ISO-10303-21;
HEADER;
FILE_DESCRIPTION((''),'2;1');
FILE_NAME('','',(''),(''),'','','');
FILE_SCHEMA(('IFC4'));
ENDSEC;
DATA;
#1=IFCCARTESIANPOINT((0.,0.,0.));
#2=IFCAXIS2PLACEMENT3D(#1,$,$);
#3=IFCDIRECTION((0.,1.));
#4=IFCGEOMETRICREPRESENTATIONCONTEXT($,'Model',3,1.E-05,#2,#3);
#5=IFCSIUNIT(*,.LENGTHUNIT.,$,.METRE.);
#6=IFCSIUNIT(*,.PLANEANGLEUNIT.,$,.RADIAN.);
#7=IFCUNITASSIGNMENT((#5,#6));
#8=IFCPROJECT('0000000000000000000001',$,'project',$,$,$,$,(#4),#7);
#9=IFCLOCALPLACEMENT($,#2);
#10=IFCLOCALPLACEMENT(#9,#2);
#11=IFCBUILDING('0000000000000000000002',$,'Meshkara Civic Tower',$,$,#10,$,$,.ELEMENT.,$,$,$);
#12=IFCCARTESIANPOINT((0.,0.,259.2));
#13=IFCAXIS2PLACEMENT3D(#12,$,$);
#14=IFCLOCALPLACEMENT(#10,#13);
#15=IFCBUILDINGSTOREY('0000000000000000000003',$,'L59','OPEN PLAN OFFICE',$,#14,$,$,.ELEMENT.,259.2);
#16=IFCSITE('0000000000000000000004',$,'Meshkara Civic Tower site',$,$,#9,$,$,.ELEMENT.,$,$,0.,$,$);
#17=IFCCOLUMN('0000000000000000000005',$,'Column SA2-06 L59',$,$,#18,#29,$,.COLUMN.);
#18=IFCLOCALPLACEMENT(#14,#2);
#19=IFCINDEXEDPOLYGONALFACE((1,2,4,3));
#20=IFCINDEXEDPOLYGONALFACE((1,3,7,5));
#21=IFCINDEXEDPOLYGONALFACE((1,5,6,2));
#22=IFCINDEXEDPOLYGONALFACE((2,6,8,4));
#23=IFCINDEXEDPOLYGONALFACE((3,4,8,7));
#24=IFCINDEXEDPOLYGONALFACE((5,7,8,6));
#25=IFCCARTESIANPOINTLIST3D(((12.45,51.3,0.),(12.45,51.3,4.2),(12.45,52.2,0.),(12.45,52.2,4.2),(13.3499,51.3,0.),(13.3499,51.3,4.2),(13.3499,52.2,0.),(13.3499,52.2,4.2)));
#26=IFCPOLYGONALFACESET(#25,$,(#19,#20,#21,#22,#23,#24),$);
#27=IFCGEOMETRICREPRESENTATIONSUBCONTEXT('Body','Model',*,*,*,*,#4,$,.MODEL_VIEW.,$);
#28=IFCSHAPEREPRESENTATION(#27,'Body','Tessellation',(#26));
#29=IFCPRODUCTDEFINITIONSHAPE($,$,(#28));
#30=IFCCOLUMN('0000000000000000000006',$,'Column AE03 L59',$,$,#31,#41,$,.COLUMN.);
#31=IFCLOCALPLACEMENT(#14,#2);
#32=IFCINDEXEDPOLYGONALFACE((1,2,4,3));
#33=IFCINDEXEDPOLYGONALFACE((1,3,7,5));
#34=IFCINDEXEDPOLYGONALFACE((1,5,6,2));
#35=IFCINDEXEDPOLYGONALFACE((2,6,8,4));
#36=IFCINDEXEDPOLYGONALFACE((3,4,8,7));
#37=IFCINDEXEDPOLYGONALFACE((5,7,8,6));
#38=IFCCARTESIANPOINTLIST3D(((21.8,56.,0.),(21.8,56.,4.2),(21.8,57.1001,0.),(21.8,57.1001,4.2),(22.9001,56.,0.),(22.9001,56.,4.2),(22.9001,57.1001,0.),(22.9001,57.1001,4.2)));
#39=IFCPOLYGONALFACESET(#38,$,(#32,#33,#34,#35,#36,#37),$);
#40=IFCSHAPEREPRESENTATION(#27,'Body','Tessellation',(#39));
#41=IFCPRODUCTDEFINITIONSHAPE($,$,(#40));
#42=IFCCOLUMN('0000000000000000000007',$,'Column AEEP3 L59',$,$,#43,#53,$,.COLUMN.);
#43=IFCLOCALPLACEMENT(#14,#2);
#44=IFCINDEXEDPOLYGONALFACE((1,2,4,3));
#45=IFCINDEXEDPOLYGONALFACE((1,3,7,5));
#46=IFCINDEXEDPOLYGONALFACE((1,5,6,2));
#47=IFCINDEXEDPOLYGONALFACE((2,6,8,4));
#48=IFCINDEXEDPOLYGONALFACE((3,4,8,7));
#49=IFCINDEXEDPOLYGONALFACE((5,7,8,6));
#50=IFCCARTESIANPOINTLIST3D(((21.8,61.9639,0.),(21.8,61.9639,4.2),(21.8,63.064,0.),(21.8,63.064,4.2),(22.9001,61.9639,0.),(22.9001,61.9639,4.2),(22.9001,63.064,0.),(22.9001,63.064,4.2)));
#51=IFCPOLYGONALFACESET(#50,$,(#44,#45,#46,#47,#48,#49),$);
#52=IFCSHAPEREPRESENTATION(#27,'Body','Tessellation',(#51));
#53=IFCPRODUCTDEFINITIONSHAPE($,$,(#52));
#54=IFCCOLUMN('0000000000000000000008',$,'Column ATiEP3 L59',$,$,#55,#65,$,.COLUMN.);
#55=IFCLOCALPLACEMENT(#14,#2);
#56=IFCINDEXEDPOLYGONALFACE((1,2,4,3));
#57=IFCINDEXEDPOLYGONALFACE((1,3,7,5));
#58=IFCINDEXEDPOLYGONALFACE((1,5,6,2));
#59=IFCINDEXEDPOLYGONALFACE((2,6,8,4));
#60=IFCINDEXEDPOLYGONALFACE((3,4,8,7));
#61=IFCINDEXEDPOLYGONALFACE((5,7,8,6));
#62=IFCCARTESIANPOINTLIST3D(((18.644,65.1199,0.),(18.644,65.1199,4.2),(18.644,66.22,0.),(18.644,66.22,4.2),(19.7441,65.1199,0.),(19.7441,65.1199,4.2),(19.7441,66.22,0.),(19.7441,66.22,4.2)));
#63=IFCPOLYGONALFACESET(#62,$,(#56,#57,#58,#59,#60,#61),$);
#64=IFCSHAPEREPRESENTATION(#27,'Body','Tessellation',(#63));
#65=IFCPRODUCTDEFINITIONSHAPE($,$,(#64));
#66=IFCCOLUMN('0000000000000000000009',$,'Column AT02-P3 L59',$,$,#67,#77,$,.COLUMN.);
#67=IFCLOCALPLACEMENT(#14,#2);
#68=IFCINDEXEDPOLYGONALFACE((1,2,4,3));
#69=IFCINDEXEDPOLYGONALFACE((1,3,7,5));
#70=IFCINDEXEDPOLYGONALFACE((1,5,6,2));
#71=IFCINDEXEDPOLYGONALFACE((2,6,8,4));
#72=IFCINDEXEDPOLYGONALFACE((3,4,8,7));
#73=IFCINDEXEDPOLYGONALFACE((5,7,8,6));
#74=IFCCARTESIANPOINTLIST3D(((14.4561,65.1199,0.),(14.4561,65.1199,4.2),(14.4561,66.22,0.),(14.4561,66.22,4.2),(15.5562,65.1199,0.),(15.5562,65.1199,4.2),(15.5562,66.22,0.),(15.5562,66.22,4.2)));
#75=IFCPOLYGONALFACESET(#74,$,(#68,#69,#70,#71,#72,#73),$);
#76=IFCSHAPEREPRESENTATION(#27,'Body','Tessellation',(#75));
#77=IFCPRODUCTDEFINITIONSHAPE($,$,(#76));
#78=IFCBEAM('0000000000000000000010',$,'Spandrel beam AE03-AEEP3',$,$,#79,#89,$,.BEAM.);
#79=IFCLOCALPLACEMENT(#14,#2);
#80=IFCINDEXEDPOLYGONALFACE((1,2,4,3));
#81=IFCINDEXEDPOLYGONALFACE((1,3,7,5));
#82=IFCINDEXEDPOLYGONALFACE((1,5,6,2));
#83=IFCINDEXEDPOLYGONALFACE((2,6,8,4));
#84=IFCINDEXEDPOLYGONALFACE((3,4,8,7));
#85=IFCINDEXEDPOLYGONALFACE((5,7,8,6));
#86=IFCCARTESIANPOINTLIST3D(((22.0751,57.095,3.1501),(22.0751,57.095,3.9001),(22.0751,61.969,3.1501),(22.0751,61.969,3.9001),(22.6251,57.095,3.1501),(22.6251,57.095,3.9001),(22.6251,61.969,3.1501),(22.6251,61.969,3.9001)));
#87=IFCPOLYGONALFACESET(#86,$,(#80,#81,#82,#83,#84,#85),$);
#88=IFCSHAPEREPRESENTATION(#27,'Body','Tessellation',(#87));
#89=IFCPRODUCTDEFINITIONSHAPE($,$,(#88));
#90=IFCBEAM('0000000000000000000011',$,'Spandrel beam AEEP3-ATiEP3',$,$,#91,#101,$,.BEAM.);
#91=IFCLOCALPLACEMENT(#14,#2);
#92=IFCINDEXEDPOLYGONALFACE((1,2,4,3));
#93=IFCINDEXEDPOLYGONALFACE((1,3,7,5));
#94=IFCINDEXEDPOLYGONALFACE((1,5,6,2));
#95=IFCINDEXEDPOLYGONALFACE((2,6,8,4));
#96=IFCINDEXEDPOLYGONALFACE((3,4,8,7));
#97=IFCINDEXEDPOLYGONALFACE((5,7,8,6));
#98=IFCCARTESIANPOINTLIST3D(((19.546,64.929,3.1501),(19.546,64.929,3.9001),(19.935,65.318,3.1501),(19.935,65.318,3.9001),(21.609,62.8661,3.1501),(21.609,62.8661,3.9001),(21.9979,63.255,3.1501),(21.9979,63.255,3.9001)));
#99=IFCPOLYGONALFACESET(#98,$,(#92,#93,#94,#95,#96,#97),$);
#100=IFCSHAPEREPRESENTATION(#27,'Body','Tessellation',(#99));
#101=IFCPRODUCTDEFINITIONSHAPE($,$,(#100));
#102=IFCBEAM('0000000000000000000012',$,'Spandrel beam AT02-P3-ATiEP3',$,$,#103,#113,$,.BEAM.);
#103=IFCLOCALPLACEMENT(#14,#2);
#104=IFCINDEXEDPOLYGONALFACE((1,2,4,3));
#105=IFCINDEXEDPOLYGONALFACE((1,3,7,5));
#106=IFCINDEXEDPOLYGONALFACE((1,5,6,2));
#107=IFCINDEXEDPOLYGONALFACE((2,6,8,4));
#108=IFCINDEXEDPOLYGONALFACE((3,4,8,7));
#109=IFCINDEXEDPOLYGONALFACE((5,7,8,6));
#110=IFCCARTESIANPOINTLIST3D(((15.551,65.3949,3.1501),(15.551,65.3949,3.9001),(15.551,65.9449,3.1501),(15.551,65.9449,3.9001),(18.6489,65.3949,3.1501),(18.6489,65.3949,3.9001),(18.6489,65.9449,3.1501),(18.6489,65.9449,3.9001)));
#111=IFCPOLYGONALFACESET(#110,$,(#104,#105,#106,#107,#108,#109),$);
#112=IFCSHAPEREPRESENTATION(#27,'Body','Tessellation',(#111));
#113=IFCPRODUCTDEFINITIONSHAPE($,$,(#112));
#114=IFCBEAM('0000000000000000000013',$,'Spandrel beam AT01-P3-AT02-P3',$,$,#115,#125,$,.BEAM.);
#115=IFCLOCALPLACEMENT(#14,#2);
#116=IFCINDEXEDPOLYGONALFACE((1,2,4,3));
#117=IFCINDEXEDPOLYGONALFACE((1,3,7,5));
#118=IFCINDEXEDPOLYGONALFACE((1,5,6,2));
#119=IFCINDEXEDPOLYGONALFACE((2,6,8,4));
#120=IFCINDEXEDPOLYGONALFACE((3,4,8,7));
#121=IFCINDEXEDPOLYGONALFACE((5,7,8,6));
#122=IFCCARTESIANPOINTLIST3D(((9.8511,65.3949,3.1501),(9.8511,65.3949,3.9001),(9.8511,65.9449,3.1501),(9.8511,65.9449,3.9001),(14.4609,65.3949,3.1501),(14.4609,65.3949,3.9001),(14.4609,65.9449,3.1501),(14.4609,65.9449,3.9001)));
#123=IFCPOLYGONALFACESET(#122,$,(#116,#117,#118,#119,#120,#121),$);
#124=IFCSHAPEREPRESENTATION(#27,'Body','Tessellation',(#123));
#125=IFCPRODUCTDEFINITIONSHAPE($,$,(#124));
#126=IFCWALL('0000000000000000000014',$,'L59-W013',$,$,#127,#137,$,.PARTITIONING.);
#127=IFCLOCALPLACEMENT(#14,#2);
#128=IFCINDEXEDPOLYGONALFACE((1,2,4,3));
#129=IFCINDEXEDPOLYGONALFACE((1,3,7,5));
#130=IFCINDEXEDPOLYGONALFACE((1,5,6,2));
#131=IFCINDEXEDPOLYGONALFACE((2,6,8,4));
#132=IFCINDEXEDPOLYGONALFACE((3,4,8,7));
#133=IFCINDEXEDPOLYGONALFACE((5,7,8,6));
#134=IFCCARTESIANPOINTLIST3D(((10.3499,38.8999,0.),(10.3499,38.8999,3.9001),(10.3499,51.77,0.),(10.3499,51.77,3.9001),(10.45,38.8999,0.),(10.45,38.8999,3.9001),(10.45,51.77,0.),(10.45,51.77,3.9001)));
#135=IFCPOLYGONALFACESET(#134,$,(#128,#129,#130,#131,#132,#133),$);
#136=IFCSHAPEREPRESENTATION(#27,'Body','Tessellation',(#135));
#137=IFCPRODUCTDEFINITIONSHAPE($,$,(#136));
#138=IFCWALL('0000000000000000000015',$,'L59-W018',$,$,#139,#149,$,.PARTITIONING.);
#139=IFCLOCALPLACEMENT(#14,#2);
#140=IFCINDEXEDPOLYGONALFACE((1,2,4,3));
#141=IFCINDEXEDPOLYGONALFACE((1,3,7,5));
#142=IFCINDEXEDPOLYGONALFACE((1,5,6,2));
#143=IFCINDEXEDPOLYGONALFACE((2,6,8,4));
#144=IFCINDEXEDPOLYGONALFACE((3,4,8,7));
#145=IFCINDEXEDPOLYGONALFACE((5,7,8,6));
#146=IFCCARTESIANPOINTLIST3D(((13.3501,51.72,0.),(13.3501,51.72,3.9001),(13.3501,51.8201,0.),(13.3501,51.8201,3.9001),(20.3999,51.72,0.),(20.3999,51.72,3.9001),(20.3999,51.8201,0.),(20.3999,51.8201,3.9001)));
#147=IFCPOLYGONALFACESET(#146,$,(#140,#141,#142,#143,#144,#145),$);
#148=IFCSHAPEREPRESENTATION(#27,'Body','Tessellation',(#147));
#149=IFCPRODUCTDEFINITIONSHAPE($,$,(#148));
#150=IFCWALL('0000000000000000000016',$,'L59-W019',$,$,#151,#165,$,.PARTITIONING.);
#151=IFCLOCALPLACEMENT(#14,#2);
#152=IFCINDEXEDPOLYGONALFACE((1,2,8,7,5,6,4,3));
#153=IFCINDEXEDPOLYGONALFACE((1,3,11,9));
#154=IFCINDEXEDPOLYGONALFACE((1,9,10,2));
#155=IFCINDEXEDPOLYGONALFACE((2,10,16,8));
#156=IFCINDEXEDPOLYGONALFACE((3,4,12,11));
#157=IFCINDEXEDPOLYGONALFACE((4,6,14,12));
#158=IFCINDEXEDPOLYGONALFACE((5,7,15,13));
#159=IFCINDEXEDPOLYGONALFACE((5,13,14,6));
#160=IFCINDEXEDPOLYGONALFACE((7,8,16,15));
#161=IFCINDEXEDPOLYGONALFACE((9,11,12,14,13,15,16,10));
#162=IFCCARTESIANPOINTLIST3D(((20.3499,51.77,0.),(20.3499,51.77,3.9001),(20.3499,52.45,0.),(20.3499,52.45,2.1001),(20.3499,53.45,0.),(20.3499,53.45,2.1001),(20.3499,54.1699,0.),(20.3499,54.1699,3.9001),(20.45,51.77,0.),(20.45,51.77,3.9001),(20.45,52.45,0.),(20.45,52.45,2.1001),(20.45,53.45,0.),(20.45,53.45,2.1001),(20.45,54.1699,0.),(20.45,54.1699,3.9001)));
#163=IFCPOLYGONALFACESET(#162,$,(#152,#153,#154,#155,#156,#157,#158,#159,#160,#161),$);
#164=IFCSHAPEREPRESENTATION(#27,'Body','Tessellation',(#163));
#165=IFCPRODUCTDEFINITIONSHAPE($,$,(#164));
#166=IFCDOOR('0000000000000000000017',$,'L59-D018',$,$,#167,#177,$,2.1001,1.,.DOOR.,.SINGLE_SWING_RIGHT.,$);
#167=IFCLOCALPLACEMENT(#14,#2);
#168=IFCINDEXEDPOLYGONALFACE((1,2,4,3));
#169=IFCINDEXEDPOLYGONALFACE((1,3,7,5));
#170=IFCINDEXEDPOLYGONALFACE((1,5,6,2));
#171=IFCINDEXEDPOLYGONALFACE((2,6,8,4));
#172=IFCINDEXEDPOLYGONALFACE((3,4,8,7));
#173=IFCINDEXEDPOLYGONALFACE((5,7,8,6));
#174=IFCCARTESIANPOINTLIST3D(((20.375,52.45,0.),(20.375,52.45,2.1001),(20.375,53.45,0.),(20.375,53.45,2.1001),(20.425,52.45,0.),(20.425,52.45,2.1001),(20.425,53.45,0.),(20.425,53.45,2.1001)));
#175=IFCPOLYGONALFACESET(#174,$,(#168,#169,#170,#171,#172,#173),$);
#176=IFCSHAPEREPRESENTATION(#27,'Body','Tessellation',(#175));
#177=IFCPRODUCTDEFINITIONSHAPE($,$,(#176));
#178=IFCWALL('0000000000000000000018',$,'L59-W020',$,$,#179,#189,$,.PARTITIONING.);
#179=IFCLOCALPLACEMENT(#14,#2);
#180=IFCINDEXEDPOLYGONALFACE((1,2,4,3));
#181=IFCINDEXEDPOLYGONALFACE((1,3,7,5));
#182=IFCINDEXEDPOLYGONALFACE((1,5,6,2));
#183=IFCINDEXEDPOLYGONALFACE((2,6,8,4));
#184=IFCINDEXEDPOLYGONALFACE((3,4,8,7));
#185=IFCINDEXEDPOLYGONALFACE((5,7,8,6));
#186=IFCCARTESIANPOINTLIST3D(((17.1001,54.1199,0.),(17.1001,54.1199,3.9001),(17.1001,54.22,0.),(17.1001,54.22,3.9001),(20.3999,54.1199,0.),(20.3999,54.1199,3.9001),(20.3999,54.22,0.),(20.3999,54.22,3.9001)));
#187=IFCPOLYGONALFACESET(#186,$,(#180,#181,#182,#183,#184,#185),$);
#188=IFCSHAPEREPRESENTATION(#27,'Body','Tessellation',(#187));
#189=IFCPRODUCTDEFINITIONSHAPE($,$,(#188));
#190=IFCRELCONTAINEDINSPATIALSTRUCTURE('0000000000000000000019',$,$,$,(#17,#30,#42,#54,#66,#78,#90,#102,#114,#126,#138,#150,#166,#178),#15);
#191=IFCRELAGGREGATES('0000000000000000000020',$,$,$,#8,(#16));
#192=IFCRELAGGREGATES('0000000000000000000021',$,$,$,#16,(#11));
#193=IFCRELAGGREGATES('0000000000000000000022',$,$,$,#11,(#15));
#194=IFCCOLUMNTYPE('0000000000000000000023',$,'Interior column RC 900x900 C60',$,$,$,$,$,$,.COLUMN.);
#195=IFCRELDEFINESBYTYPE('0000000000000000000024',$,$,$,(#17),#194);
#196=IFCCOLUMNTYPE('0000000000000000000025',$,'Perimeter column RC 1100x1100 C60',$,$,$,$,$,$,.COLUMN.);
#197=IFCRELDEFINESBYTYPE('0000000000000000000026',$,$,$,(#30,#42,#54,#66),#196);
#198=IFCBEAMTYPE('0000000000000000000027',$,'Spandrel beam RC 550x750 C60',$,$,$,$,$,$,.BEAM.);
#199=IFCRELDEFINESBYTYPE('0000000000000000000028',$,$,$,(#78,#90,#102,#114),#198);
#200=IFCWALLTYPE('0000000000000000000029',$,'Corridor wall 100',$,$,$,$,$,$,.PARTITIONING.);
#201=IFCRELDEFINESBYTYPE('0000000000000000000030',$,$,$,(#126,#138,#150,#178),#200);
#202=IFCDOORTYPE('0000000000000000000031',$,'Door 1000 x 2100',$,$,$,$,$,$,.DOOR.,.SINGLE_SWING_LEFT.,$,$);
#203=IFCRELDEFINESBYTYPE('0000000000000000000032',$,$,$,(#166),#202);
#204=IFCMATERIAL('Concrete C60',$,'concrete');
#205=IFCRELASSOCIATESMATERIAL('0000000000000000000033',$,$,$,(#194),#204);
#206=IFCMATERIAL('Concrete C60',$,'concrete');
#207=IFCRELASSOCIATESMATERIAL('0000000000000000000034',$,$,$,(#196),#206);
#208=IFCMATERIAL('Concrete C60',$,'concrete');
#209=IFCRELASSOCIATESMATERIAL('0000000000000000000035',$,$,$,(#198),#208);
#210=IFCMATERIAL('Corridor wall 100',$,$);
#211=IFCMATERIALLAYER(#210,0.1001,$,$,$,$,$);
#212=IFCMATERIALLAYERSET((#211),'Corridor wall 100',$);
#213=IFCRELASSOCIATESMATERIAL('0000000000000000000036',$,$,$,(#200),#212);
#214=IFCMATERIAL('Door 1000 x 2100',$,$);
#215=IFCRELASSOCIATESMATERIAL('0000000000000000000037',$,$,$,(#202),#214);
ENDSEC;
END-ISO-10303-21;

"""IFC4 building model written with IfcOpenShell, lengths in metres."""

from ifc_helpers import new_model, si_unit, direction, frame, frame_2d, origin, origin_2d, place, context, subcontext, project, spatial, rectangle, extrude, material, layer, layer_set, material_profile, profile_set, type_object, element, fill, save


model = new_model("IFC4")

# Units and contexts
model_context = context("Model", 3, precision=1e-05, world=origin(), true_north=direction((0.0, 1.0)))
body_context = subcontext(model_context, "Body", "Model", "MODEL_VIEW")
ifc_project = project(units=[si_unit("LENGTHUNIT", "METRE"), si_unit("PLANEANGLEUNIT", "RADIAN")], contexts=[model_context])

# Site, building, storey
site_placement = place(None, origin())
site = spatial("IfcSite", under=ifc_project, at=site_placement, Name="Meshkara Civic Tower site", CompositionType="ELEMENT", RefElevation=0.0)
building_placement = place(site_placement, origin())
building = spatial("IfcBuilding", under=site, at=building_placement, Name="Meshkara Civic Tower", CompositionType="ELEMENT")
storey_placement = place(building_placement, frame((0.0, 0.0, 259.2)))
storey = spatial("IfcBuildingStorey", under=building, at=storey_placement, Name="L59", Description="OPEN PLAN OFFICE", CompositionType="ELEMENT", Elevation=259.2)

# Columns
ifc_material_1 = material(Name="Concrete C60", Category="concrete")
ifc_material_profile_1 = material_profile(ifc_material_1, rectangle(XDim=0.8999, YDim=0.8999, at=origin_2d()))
ifc_profile_set_1 = profile_set([ifc_material_profile_1], Name="Concrete C60")
column_type_1 = type_object("IfcColumnType", Name="Interior column RC 900x900 C60", PredefinedType="COLUMN", material=ifc_profile_set_1)
column_placement = place(storey_placement, frame((12.8999, 51.75, 0.0), z_axis=(0.0, 0.0, 1.0), x_axis=(1.0, 0.0, 0.0)))
element("IfcColumn", 1, at=column_placement, inside=storey, type_object=column_type_1, Name="Column SA2-06 L59", PredefinedType="COLUMN", context=body_context, shape_type="SweptSolid", body=[
    extrude(rectangle(XDim=0.8999, YDim=0.8999, at=origin_2d()), origin(), (0.0, 0.0, 1.0), 4.2),
])
ifc_material_2 = material(Name="Concrete C60", Category="concrete")
ifc_material_profile_2 = material_profile(ifc_material_2, rectangle(XDim=1.1001, YDim=1.1001, at=origin_2d()))
ifc_profile_set_2 = profile_set([ifc_material_profile_2], Name="Concrete C60")
column_type_2 = type_object("IfcColumnType", Name="Perimeter column RC 1100x1100 C60", PredefinedType="COLUMN", material=ifc_profile_set_2)
for number, where, z_axis, x_axis, name in (
    (2, (22.3501, 56.55, 0.0), (0.0, 0.0, 1.0), (1.0, 0.0, 0.0), "Column AE03 L59"),
    (3, (22.3501, 62.5139, 0.0), (0.0, 0.0, 1.0), (1.0, 0.0, 0.0), "Column AEEP3 L59"),
    (4, (19.1941, 65.6699, 0.0), (0.0, 0.0, 1.0), (1.0, 0.0, 0.0), "Column ATiEP3 L59"),
    (5, (15.0061, 65.6699, 0.0), (0.0, 0.0, 1.0), (1.0, 0.0, 0.0), "Column AT02-P3 L59"),
):
    element("IfcColumn", number, at=place(storey_placement, frame(where, z_axis=z_axis, x_axis=x_axis)), inside=storey, type_object=column_type_2, Name=name, PredefinedType="COLUMN", context=body_context, shape_type="SweptSolid", body=[
        extrude(rectangle(XDim=1.1001, YDim=1.1001, at=origin_2d()), origin(), (0.0, 0.0, 1.0), 4.2),
    ])

# Beams
ifc_material_3 = material(Name="Concrete C60", Category="concrete")
ifc_material_profile_3 = material_profile(ifc_material_3, rectangle(XDim=0.55, YDim=0.75, at=origin_2d()))
ifc_profile_set_3 = profile_set([ifc_material_profile_3], Name="Concrete C60")
beam_type = type_object("IfcBeamType", Name="Spandrel beam RC 550x750 C60", PredefinedType="BEAM", material=ifc_profile_set_3)
beam_1_placement = place(storey_placement, frame((22.3501, 57.095, 3.5251), z_axis=(0.0, 1.0, 0.0), x_axis=(-1.0, 0.0, 0.0)))
element("IfcBeam", 6, at=beam_1_placement, inside=storey, type_object=beam_type, Name="Spandrel beam AE03-AEEP3", PredefinedType="BEAM", context=body_context, shape_type="SweptSolid", body=[
    extrude(rectangle(XDim=0.55, YDim=0.75, at=origin_2d()), origin(), (0.0, 0.0, 1.0), 4.874),
])
beam_2_placement = place(storey_placement, frame((21.8035, 63.0605, 3.5251), z_axis=(-0.707107, 0.707107, 0.0), x_axis=(-0.707107, -0.707107, 0.0)))
element("IfcBeam", 7, at=beam_2_placement, inside=storey, type_object=beam_type, Name="Spandrel beam AEEP3-ATiEP3", PredefinedType="BEAM", context=body_context, shape_type="SweptSolid", body=[
    extrude(rectangle(XDim=0.55, YDim=0.75, at=origin_2d()), origin(), (0.0, 0.0, 1.0), 2.9175),
])
beam_3_placement = place(storey_placement, frame((18.6489, 65.6699, 3.5251), z_axis=(-1.0, 0.0, 0.0), x_axis=(0.0, -1.0, 0.0)))
element("IfcBeam", 8, at=beam_3_placement, inside=storey, type_object=beam_type, Name="Spandrel beam AT02-P3-ATiEP3", PredefinedType="BEAM", context=body_context, shape_type="SweptSolid", body=[
    extrude(rectangle(XDim=0.55, YDim=0.75, at=origin_2d()), origin(), (0.0, 0.0, 1.0), 3.0979),
])
beam_4_placement = place(storey_placement, frame((14.4609, 65.6699, 3.5251), z_axis=(-1.0, 0.0, 0.0), x_axis=(0.0, -1.0, 0.0)))
element("IfcBeam", 9, at=beam_4_placement, inside=storey, type_object=beam_type, Name="Spandrel beam AT01-P3-AT02-P3", PredefinedType="BEAM", context=body_context, shape_type="SweptSolid", body=[
    extrude(rectangle(XDim=0.55, YDim=0.75, at=origin_2d()), origin(), (0.0, 0.0, 1.0), 4.6099),
])

# Walls
ifc_material_4 = material(Name="Corridor wall 100")
ifc_layer_1 = layer(ifc_material_4, 0.1001)
ifc_layer_set_1 = layer_set([ifc_layer_1], Name="Corridor wall 100")
wall_type_1 = type_object("IfcWallType", Name="Corridor wall 100", PredefinedType="PARTITIONING", material=ifc_layer_set_1)
wall_1_placement = place(storey_placement, frame((10.3999, 51.77, 0.0), z_axis=(0.0, 0.0, 1.0), x_axis=(0.0, -1.0, 0.0)))
element("IfcWall", 10, at=wall_1_placement, inside=storey, type_object=wall_type_1, Name="L59-W013", PredefinedType="PARTITIONING", context=body_context, shape_type="SweptSolid", body=[
    extrude(rectangle(XDim=12.8701, YDim=0.1001, at=frame_2d((6.4351, 0.0))), origin(), (0.0, 0.0, 1.0), 3.9001),
])
wall_2_placement = place(storey_placement, frame((13.3501, 51.77, 0.0), z_axis=(0.0, 0.0, 1.0), x_axis=(1.0, 0.0, 0.0)))
element("IfcWall", 11, at=wall_2_placement, inside=storey, type_object=wall_type_1, Name="L59-W018", PredefinedType="PARTITIONING", context=body_context, shape_type="SweptSolid", body=[
    extrude(rectangle(XDim=7.0498, YDim=0.1001, at=frame_2d((3.5249, 0.0))), origin(), (0.0, 0.0, 1.0), 3.9001),
])

# Wall, opening, door
wall_3_placement = place(storey_placement, frame((20.3999, 51.77, 0.0), z_axis=(0.0, 0.0, 1.0), x_axis=(0.0, 1.0, 0.0)))
wall_3 = element("IfcWall", 12, at=wall_3_placement, inside=storey, type_object=wall_type_1, Name="L59-W019", PredefinedType="PARTITIONING", context=body_context, shape_type="SweptSolid", body=[
    extrude(rectangle(XDim=2.3999, YDim=0.1001, at=frame_2d((1.2, 0.0))), origin(), (0.0, 0.0, 1.0), 3.9001),
])
opening_1_placement = place(wall_3_placement, frame((0.6799, 0.0, 0.0)))
opening_1 = element("IfcOpeningElement", 13, at=opening_1_placement, cuts=wall_3, PredefinedType="OPENING", context=body_context, shape_type="SweptSolid", body=[
    extrude(rectangle(XDim=1.0, YDim=2.1001, at=frame_2d((0.5, 1.05))), frame((0.0, 0.0601, 0.0), z_axis=(0.0, -1.0, 0.0), x_axis=(1.0, 0.0, 0.0)), (0.0, 0.0, 1.0), 0.1201),
])
ifc_material_5 = material(Name="Door 1000 x 2100")
door_type_1 = type_object("IfcDoorType", Name="Door 1000 x 2100", OperationType="SINGLE_SWING_LEFT", PredefinedType="DOOR", material=ifc_material_5)
door_1_placement = place(opening_1_placement, origin())
door_1 = element("IfcDoor", 14, at=door_1_placement, inside=storey, type_object=door_type_1, Name="L59-D018", OperationType="SINGLE_SWING_RIGHT", OverallHeight=2.1001, OverallWidth=1.0, PredefinedType="DOOR", context=body_context, shape_type="SweptSolid", body=[
    extrude(rectangle(XDim=1.0, YDim=2.1001, at=frame_2d((0.5, 1.05))), frame((0.0, 0.0249, 0.0), z_axis=(0.0, -1.0, 0.0), x_axis=(1.0, 0.0, 0.0)), (0.0, 0.0, 1.0), 0.05),
])
fill(opening_1, door_1)

# Wall
wall_4_placement = place(storey_placement, frame((20.3999, 54.1699, 0.0), z_axis=(0.0, 0.0, 1.0), x_axis=(-1.0, 0.0, 0.0)))
element("IfcWall", 15, at=wall_4_placement, inside=storey, type_object=wall_type_1, Name="L59-W020", PredefinedType="PARTITIONING", context=body_context, shape_type="SweptSolid", body=[
    extrude(rectangle(XDim=3.2998, YDim=0.1001, at=frame_2d((1.6499, 0.0))), origin(), (0.0, 0.0, 1.0), 3.9001),
])

save(model, "model.ifc")
